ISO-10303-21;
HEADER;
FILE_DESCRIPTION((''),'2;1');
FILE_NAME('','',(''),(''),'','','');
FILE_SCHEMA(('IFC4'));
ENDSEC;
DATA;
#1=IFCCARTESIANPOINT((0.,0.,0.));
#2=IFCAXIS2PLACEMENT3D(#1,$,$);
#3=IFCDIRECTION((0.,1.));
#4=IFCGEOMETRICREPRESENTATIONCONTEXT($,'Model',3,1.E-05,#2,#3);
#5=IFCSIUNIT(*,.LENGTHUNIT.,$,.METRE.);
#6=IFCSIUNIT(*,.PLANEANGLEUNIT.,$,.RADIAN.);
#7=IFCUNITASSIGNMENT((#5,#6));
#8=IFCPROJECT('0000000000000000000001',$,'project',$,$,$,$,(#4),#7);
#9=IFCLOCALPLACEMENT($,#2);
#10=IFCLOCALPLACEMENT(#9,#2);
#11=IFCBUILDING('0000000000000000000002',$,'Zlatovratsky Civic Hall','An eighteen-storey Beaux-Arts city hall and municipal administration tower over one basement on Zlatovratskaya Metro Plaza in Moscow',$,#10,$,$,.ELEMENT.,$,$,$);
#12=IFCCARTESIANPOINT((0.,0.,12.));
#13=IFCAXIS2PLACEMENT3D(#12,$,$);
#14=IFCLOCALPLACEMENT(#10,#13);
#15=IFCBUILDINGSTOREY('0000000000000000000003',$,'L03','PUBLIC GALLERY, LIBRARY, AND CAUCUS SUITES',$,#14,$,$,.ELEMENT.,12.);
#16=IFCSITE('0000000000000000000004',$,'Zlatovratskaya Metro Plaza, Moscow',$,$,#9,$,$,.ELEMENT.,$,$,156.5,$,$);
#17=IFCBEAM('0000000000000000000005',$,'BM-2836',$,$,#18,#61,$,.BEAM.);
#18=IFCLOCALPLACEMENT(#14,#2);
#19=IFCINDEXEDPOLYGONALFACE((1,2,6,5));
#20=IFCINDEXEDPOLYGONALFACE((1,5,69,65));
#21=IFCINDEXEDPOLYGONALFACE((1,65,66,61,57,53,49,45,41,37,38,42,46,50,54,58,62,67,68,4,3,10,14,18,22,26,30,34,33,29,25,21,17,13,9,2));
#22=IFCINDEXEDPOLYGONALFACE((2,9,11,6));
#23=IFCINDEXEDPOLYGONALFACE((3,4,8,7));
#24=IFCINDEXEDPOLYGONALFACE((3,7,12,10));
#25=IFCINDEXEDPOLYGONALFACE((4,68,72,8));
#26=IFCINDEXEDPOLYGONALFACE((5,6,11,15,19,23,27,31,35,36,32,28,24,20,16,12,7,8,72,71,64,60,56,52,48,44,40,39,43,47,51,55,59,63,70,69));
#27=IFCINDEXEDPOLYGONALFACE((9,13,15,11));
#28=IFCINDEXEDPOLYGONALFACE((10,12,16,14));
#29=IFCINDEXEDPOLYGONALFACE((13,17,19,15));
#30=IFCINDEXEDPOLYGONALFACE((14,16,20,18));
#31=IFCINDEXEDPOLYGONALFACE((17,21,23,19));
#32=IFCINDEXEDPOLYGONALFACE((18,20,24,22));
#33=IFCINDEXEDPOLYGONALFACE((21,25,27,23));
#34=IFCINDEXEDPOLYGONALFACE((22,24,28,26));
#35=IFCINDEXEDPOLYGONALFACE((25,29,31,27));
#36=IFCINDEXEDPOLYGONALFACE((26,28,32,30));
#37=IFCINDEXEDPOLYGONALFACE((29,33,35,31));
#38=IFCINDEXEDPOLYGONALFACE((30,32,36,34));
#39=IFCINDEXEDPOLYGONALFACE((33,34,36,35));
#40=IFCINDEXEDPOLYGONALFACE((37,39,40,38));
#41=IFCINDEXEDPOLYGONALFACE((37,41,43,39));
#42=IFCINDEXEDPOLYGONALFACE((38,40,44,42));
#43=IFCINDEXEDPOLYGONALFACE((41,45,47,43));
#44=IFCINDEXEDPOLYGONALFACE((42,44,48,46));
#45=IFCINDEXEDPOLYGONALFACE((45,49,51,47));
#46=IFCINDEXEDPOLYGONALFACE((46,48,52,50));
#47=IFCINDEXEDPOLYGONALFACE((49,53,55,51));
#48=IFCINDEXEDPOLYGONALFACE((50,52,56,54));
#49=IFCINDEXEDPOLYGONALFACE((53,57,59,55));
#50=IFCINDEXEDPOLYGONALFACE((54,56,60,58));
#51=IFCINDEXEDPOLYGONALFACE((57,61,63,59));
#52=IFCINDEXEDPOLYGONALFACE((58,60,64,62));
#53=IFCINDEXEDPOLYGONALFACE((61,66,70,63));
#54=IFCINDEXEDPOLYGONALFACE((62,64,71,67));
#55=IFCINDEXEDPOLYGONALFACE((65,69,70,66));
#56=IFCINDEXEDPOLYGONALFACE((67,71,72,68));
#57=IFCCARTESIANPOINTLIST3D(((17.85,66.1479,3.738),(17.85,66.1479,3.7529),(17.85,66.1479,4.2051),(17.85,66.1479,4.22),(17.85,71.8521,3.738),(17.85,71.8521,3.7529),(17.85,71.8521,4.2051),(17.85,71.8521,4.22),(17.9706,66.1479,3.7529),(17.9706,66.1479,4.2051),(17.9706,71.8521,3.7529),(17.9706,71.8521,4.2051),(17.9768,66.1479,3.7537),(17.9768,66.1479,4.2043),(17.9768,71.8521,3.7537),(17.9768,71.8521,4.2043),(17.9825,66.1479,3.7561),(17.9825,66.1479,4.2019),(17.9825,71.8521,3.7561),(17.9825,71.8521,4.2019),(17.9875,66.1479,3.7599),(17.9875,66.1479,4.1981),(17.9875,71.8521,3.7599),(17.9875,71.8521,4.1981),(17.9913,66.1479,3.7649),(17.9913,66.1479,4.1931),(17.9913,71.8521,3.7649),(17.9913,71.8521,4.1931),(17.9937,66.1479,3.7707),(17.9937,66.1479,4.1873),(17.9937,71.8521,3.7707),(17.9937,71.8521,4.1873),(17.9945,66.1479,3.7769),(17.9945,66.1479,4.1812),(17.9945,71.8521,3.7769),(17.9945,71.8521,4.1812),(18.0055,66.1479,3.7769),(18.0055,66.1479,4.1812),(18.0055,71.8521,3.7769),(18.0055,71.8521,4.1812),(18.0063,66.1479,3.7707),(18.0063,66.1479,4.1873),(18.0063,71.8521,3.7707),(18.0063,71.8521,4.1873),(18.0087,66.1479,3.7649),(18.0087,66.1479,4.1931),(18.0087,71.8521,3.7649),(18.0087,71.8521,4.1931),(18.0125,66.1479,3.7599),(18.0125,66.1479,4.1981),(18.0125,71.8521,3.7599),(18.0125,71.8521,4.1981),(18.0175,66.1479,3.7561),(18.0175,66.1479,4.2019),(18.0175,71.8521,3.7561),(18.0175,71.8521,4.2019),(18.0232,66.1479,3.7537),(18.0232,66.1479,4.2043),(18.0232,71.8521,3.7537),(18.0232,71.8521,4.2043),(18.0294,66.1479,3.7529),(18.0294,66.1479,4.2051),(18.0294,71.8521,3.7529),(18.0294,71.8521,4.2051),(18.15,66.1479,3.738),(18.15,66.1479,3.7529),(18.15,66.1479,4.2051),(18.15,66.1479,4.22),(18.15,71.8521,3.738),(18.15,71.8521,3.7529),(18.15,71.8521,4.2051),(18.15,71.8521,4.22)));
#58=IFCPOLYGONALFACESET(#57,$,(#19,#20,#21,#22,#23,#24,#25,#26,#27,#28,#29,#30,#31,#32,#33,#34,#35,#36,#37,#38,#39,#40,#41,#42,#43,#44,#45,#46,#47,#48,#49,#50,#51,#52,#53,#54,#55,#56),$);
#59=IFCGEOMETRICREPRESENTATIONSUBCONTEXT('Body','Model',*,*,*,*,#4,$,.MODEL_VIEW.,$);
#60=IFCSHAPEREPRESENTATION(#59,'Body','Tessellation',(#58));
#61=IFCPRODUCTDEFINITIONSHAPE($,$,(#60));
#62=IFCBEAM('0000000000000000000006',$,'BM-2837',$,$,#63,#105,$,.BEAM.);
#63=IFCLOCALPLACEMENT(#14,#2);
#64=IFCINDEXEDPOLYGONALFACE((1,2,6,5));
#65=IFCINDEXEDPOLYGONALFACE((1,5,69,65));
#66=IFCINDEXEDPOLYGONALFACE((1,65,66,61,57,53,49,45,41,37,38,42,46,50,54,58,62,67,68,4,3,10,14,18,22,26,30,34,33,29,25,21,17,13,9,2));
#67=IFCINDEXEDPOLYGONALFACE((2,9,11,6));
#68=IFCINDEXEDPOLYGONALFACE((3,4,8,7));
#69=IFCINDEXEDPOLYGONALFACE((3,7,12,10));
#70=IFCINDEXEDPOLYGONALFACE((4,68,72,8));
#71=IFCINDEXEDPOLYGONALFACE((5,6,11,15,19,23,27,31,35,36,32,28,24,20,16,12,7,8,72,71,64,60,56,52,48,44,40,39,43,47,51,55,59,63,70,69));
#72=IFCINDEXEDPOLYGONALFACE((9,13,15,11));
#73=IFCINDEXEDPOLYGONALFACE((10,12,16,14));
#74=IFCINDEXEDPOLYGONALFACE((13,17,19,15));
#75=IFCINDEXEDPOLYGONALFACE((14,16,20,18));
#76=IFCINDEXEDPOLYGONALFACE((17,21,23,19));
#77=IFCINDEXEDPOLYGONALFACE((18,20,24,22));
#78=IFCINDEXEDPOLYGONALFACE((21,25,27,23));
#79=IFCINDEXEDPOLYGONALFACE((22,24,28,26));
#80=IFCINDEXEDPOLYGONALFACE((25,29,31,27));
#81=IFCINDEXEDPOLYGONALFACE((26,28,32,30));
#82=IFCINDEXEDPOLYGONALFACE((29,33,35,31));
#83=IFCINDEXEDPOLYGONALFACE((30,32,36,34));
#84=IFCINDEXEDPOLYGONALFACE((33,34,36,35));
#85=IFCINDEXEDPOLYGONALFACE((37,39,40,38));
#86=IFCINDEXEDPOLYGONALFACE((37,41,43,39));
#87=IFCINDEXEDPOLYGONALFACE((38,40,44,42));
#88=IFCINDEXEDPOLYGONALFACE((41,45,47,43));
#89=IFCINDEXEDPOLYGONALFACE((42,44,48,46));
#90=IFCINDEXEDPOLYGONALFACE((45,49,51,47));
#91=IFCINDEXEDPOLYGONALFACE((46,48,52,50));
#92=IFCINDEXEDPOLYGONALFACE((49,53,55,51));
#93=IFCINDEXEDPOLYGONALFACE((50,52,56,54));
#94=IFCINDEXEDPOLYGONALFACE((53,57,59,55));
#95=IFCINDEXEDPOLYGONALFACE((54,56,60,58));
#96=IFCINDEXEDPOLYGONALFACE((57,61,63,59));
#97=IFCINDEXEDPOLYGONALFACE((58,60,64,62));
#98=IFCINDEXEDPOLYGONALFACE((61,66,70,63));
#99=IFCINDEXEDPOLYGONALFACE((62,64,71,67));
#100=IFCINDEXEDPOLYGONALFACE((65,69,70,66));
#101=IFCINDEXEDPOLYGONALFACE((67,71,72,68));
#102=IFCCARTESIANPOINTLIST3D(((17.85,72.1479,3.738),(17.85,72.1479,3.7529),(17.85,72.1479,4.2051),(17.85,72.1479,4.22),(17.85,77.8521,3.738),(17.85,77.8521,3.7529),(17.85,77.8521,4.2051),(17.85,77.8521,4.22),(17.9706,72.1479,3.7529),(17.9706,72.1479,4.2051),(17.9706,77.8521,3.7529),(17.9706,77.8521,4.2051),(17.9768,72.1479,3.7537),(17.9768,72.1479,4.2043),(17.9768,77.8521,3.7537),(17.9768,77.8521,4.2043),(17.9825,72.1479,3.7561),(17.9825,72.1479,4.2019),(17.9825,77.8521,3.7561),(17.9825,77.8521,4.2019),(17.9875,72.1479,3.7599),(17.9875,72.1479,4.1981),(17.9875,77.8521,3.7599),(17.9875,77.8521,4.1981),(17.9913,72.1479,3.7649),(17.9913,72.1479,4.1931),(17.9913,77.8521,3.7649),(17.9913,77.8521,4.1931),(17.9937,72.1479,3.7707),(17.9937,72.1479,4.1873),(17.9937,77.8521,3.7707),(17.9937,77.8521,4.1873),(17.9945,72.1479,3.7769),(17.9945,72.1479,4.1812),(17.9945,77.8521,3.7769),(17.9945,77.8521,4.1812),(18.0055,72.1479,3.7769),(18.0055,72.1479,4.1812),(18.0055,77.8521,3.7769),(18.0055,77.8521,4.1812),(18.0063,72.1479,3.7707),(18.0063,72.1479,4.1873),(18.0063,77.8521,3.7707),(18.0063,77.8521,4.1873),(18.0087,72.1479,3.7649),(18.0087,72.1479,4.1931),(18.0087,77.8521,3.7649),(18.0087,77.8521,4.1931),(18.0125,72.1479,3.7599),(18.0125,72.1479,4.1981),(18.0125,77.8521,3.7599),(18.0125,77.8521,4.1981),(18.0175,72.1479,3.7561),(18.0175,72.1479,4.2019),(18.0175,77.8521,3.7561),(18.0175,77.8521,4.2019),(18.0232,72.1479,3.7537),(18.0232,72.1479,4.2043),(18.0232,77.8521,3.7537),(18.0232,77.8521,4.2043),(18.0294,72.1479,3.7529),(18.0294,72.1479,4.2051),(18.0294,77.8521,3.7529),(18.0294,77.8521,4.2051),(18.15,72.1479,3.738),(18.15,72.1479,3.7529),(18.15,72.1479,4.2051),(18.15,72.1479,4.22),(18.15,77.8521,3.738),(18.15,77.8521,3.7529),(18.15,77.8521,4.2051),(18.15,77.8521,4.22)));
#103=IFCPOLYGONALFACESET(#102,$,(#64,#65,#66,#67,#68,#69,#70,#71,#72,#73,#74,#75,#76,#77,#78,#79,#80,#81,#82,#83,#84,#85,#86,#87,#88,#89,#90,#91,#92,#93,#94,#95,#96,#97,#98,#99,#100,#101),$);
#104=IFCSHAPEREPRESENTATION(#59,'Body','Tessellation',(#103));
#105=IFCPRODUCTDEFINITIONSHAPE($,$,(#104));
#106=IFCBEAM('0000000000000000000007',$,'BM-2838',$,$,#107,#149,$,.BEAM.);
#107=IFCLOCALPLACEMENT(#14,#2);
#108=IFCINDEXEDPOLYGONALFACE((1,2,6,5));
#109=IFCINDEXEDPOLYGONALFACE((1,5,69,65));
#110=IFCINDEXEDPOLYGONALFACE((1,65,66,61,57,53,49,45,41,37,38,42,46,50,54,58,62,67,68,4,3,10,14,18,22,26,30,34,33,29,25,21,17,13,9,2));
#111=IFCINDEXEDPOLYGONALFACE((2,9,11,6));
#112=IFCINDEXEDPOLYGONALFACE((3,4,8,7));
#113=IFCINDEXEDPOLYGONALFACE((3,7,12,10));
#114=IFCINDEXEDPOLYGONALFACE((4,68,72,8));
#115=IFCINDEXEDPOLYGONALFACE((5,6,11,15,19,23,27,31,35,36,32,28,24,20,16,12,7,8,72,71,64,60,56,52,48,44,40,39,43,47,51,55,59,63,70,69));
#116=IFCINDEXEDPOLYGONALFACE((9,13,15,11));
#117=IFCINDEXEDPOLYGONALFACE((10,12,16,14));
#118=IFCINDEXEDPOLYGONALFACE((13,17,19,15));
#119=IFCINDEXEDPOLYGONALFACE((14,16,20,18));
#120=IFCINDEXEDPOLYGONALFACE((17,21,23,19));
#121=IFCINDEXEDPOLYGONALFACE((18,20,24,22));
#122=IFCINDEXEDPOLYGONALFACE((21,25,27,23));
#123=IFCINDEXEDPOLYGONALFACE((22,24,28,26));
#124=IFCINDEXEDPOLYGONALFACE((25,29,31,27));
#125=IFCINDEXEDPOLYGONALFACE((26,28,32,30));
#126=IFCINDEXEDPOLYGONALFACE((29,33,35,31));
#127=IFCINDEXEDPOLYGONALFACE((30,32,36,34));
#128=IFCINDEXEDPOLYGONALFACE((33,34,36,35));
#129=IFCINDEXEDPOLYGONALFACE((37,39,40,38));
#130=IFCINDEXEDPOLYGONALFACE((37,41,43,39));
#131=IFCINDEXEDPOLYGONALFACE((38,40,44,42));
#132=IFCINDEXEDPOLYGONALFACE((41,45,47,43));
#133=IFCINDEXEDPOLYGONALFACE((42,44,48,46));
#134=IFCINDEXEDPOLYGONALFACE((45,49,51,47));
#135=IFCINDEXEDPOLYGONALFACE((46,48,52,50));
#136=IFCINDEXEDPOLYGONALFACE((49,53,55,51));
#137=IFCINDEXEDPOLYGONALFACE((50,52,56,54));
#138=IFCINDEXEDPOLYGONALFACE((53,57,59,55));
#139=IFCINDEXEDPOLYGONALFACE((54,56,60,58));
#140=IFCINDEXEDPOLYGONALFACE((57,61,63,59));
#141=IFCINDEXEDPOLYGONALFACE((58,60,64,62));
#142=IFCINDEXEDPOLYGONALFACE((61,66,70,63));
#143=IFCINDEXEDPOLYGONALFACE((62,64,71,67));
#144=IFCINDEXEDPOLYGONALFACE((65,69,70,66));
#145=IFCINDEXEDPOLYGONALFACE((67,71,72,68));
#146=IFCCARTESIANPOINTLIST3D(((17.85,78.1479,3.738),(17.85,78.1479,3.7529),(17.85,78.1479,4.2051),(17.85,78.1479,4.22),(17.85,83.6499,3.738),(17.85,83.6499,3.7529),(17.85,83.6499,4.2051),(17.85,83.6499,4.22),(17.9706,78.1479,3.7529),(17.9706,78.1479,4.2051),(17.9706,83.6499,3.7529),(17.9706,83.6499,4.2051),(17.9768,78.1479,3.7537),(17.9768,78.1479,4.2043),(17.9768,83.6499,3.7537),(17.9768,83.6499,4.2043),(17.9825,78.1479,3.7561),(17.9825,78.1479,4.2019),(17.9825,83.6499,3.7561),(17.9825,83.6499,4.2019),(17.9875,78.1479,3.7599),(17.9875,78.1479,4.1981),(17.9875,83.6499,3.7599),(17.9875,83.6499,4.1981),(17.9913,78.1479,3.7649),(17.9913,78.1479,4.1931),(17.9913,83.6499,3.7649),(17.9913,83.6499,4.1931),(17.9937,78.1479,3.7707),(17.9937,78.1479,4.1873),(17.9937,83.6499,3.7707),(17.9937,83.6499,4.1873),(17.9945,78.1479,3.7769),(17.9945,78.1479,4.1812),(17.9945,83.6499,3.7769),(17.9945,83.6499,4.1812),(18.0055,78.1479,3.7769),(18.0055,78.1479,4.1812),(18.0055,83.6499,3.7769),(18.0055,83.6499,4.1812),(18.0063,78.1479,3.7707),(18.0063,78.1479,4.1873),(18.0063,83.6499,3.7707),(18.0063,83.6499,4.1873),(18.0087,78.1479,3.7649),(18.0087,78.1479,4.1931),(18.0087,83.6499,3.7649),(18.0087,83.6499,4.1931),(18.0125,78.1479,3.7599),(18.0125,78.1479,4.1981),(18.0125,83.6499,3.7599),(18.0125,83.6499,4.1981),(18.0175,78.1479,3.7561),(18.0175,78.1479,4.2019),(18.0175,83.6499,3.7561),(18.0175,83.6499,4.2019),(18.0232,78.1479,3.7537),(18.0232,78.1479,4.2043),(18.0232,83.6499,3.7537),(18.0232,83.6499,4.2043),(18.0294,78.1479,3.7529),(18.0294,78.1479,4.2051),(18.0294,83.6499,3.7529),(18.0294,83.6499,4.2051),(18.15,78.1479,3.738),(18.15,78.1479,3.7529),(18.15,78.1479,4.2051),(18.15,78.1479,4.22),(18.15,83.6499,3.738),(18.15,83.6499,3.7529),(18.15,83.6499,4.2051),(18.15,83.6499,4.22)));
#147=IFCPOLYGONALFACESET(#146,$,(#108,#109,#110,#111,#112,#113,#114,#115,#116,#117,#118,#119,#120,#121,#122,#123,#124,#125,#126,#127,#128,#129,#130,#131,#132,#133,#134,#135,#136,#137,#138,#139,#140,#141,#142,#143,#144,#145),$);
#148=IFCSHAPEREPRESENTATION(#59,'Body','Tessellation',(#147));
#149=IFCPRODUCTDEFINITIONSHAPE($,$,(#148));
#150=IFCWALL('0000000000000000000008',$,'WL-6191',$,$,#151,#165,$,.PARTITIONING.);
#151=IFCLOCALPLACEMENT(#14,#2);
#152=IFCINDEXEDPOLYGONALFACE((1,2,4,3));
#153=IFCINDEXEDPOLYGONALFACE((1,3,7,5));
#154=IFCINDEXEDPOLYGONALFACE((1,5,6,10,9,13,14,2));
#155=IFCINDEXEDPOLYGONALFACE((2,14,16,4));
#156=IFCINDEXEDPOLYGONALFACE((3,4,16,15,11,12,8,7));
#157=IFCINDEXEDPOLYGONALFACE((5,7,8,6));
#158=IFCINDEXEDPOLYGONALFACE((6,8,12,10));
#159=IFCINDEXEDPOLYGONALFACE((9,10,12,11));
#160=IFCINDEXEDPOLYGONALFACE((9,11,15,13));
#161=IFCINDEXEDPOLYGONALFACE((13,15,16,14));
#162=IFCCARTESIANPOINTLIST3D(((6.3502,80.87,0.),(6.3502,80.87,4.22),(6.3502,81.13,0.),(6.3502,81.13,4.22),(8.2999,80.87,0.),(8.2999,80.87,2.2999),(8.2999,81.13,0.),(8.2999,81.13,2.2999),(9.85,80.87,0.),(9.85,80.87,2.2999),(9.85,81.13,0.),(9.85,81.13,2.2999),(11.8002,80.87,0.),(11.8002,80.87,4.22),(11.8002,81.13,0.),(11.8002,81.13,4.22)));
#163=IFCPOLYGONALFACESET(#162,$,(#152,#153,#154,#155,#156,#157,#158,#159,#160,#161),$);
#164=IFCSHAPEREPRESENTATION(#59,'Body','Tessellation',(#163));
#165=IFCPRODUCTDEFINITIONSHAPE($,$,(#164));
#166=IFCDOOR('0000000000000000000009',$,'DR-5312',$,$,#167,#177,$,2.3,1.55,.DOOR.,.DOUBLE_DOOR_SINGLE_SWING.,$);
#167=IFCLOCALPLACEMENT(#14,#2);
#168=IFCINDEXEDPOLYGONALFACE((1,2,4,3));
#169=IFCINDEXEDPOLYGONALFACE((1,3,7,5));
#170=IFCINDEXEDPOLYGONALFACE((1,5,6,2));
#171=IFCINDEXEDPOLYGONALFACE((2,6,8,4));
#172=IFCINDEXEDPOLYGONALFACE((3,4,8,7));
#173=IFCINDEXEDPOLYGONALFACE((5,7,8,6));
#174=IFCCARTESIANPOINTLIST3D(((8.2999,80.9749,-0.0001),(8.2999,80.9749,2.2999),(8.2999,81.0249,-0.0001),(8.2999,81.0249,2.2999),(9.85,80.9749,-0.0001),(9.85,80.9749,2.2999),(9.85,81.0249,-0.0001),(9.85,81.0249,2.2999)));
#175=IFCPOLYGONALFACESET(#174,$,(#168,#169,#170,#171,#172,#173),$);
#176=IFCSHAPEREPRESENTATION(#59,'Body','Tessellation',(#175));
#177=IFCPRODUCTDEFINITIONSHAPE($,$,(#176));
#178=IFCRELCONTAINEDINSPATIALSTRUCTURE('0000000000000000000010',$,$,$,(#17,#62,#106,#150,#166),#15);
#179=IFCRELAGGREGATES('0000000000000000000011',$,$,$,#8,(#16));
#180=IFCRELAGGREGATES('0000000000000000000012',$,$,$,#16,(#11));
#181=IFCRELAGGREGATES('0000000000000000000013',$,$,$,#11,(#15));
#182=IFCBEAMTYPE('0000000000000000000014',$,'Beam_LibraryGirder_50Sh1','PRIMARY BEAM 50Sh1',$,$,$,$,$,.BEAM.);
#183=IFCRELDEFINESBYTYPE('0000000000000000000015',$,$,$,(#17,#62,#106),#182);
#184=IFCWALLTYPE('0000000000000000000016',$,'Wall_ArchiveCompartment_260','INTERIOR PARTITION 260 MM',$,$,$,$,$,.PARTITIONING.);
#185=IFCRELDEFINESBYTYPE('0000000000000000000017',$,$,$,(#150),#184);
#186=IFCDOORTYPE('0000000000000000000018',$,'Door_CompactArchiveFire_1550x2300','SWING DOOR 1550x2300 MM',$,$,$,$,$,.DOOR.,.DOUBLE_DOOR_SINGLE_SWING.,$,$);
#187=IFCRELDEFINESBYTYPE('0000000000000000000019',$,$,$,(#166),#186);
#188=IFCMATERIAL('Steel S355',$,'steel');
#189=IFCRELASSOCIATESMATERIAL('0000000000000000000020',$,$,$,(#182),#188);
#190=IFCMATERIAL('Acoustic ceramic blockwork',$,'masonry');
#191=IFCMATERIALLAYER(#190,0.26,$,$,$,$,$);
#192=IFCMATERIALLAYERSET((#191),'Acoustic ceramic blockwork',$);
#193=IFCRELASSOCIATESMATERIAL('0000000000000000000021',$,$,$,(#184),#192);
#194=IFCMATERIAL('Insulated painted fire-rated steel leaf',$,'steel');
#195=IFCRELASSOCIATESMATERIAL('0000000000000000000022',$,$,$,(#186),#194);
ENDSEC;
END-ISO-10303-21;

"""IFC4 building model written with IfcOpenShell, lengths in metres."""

from ifc_helpers import new_model, si_unit, direction, frame, frame_2d, origin, origin_2d, place, context, subcontext, project, spatial, rectangle, i_section, extrude, material, layer, layer_set, material_profile, profile_set, type_object, element, fill, save


model = new_model("IFC4")

# Units and contexts
model_context = context("Model", 3, precision=1e-05, world=origin(), true_north=direction((0.0, 1.0)))
body_context = subcontext(model_context, "Body", "Model", "MODEL_VIEW")
ifc_project = project(units=[si_unit("LENGTHUNIT", "METRE"), si_unit("PLANEANGLEUNIT", "RADIAN")], contexts=[model_context])

# Site, building, storey
site_placement = place(None, origin())
site = spatial("IfcSite", under=ifc_project, at=site_placement, Name="Zlatovratskaya Metro Plaza, Moscow", CompositionType="ELEMENT", RefElevation=156.5)
building_placement = place(site_placement, origin())
building = spatial("IfcBuilding", under=site, at=building_placement, Name="Zlatovratsky Civic Hall", Description="An eighteen-storey Beaux-Arts city hall and municipal administration tower over one basement on Zlatovratskaya Metro Plaza in Moscow", CompositionType="ELEMENT")
storey_placement = place(building_placement, frame((0.0, 0.0, 12.0)))
storey = spatial("IfcBuildingStorey", under=building, at=storey_placement, Name="L03", Description="PUBLIC GALLERY, LIBRARY, AND CAUCUS SUITES", CompositionType="ELEMENT", Elevation=12.0)

# Shared definitions
ifc_material_1 = material(Name="Steel S355", Category="steel")

# Beams
ifc_material_profile_1 = material_profile(ifc_material_1, i_section(OverallWidth=0.3, OverallDepth=0.4819, WebThickness=0.011, FlangeThickness=0.0149, FilletRadius=0.0239, at=origin_2d()), Name="50Sh1")
ifc_profile_set_1 = profile_set([ifc_material_profile_1], Name="Steel S355")
beam_type = type_object("IfcBeamType", Name="Beam_LibraryGirder_50Sh1", Description="PRIMARY BEAM 50Sh1", PredefinedType="BEAM", material=ifc_profile_set_1)
for number, where, z_axis, x_axis, name in (
    (1, (18.0, 66.1479, 3.979), (0.0, 1.0, 0.0), (-1.0, 0.0, 0.0), "BM-2836"),
    (2, (18.0, 72.1479, 3.979), (0.0, 1.0, 0.0), (-1.0, 0.0, 0.0), "BM-2837"),
):
    element("IfcBeam", number, at=place(storey_placement, frame(where, z_axis=z_axis, x_axis=x_axis)), inside=storey, type_object=beam_type, Name=name, PredefinedType="BEAM", context=body_context, shape_type="SweptSolid", body=[
        extrude(i_section(OverallWidth=0.3, OverallDepth=0.4819, WebThickness=0.011, FlangeThickness=0.0149, FilletRadius=0.0239, at=origin_2d()), origin(), (0.0, 0.0, 1.0), 5.7041),
    ])
beam_1_placement = place(storey_placement, frame((18.0, 78.1479, 3.979), z_axis=(0.0, 1.0, 0.0), x_axis=(-1.0, 0.0, 0.0)))
element("IfcBeam", 3, at=beam_1_placement, inside=storey, type_object=beam_type, Name="BM-2838", PredefinedType="BEAM", context=body_context, shape_type="SweptSolid", body=[
    extrude(i_section(OverallWidth=0.3, OverallDepth=0.4819, WebThickness=0.011, FlangeThickness=0.0149, FilletRadius=0.0239, at=origin_2d()), origin(), (0.0, 0.0, 1.0), 5.502),
])

# Wall, opening, door
ifc_material_2 = material(Name="Acoustic ceramic blockwork", Category="masonry")
ifc_layer = layer(ifc_material_2, 0.26)
ifc_layer_set = layer_set([ifc_layer], Name="Acoustic ceramic blockwork")
wall_type = type_object("IfcWallType", Name="Wall_ArchiveCompartment_260", Description="INTERIOR PARTITION 260 MM", PredefinedType="PARTITIONING", material=ifc_layer_set)
wall_placement = place(storey_placement, frame((6.3501, 81.0, 0.0), z_axis=(0.0, 0.0, 1.0), x_axis=(1.0, 0.0, 0.0)))
wall = element("IfcWall", 4, at=wall_placement, inside=storey, type_object=wall_type, Name="WL-6191", PredefinedType="PARTITIONING", context=body_context, shape_type="SweptSolid", body=[
    extrude(rectangle(XDim=5.45, YDim=0.26, at=frame_2d((2.7251, 0.0))), origin(), (0.0, 0.0, 1.0), 4.22),
])
opening_placement = place(wall_placement, frame((1.95, 0.0, 0.0)))
opening = element("IfcOpeningElement", 5, at=opening_placement, cuts=wall, PredefinedType="OPENING", context=body_context, shape_type="SweptSolid", body=[
    extrude(rectangle(XDim=1.55, YDim=2.3, at=frame_2d((0.7749, 1.1499))), frame((0.0, 0.145, 0.0), z_axis=(0.0, -1.0, 0.0), x_axis=(1.0, 0.0, 0.0)), (0.0, 0.0, 1.0), 0.2898),
])
ifc_material_3 = material(Name="Insulated painted fire-rated steel leaf", Category="steel")
door_type = type_object("IfcDoorType", Name="Door_CompactArchiveFire_1550x2300", Description="SWING DOOR 1550x2300 MM", OperationType="DOUBLE_DOOR_SINGLE_SWING", PredefinedType="DOOR", material=ifc_material_3)
door_placement = place(opening_placement, origin())
door = element("IfcDoor", 6, at=door_placement, inside=storey, type_object=door_type, Name="DR-5312", OperationType="DOUBLE_DOOR_SINGLE_SWING", OverallHeight=2.3, OverallWidth=1.55, PredefinedType="DOOR", context=body_context, shape_type="SweptSolid", body=[
    extrude(rectangle(XDim=1.55, YDim=2.3, at=frame_2d((0.7749, 1.1499))), frame((0.0, 0.0249, 0.0), z_axis=(0.0, -1.0, 0.0), x_axis=(1.0, 0.0, 0.0)), (0.0, 0.0, 1.0), 0.05),
])
fill(opening, door)

save(model, "model.ifc")
